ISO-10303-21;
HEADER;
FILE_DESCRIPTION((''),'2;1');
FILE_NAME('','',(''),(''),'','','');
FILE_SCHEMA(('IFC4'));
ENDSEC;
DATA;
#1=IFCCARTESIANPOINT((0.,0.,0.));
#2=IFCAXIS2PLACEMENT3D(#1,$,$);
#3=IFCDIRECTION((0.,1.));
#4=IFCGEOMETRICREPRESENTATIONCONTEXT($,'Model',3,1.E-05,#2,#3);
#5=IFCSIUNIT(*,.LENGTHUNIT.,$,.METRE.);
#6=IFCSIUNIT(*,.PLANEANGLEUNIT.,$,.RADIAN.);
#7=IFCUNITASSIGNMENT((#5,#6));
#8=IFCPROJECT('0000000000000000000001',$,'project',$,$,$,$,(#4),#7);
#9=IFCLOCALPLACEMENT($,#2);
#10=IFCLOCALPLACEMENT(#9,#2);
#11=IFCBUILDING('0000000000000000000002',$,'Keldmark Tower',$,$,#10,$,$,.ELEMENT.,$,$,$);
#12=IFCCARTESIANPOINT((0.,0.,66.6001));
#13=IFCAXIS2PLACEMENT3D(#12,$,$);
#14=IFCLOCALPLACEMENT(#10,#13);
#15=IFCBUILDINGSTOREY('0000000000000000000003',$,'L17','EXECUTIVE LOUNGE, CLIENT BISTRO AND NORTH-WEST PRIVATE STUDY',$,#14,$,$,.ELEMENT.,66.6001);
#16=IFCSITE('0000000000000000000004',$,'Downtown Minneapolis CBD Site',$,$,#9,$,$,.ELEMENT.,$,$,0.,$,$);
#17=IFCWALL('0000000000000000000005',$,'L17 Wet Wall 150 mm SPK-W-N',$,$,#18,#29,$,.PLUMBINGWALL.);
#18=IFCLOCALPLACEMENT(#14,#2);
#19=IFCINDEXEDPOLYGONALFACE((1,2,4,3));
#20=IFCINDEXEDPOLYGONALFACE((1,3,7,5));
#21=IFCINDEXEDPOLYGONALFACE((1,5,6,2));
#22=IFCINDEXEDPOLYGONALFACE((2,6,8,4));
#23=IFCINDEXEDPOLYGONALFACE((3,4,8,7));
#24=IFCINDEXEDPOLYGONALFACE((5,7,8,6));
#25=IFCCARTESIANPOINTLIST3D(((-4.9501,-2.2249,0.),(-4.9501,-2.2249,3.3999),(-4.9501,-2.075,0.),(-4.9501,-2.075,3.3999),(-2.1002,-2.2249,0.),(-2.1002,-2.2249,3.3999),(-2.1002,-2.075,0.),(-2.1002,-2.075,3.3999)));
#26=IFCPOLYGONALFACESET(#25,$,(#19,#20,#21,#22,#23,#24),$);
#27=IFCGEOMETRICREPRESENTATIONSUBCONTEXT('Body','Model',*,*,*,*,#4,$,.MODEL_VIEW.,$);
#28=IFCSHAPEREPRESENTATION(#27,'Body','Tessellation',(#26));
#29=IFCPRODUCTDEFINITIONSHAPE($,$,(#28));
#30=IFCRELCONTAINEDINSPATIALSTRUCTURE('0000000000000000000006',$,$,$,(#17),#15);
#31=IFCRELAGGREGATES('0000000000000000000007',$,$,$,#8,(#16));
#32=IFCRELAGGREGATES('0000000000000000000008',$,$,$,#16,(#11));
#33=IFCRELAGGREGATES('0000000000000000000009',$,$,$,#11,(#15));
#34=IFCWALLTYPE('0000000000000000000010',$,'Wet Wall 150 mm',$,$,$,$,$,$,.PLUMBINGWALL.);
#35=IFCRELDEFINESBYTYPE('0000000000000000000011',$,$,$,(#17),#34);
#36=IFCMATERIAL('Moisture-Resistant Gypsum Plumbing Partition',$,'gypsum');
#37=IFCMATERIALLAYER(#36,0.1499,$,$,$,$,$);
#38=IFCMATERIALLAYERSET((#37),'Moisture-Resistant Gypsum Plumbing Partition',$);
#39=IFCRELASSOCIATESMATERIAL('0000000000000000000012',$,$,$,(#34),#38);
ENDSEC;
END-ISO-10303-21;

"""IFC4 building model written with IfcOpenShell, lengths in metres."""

from ifc_helpers import new_model, si_unit, direction, frame, frame_2d, origin, place, context, subcontext, project, spatial, rectangle, extrude, material, layer, layer_set, type_object, element, save


model = new_model("IFC4")

# Units and contexts
model_context = context("Model", 3, precision=1e-05, world=origin(), true_north=direction((0.0, 1.0)))
body_context = subcontext(model_context, "Body", "Model", "MODEL_VIEW")
ifc_project = project(units=[si_unit("LENGTHUNIT", "METRE"), si_unit("PLANEANGLEUNIT", "RADIAN")], contexts=[model_context])

# Site, building, storey
site_placement = place(None, origin())
site = spatial("IfcSite", under=ifc_project, at=site_placement, Name="Downtown Minneapolis CBD Site", CompositionType="ELEMENT", RefElevation=0.0)
building_placement = place(site_placement, origin())
building = spatial("IfcBuilding", under=site, at=building_placement, Name="Keldmark Tower", CompositionType="ELEMENT")
storey_placement = place(building_placement, frame((0.0, 0.0, 66.6001)))
storey = spatial("IfcBuildingStorey", under=building, at=storey_placement, Name="L17", Description="EXECUTIVE LOUNGE, CLIENT BISTRO AND NORTH-WEST PRIVATE STUDY", CompositionType="ELEMENT", Elevation=66.6001)

# Wall
ifc_material_1 = material(Name="Moisture-Resistant Gypsum Plumbing Partition", Category="gypsum")
ifc_layer_1 = layer(ifc_material_1, 0.1499)
ifc_layer_set_1 = layer_set([ifc_layer_1], Name="Moisture-Resistant Gypsum Plumbing Partition")
wall_type_1 = type_object("IfcWallType", Name="Wet Wall 150 mm", PredefinedType="PLUMBINGWALL", material=ifc_layer_set_1)
wall_1_placement = place(storey_placement, frame((-4.95, -2.1499, 0.0), z_axis=(0.0, 0.0, 1.0), x_axis=(1.0, 0.0, 0.0)))
element("IfcWall", 1, at=wall_1_placement, inside=storey, type_object=wall_type_1, Name="L17 Wet Wall 150 mm SPK-W-N", PredefinedType="PLUMBINGWALL", context=body_context, shape_type="SweptSolid", body=[
    extrude(rectangle(XDim=2.8499, YDim=0.1499, at=frame_2d((1.4248, 0.0))), origin(), (0.0, 0.0, 1.0), 3.3999),
])

save(model, "model.ifc")
